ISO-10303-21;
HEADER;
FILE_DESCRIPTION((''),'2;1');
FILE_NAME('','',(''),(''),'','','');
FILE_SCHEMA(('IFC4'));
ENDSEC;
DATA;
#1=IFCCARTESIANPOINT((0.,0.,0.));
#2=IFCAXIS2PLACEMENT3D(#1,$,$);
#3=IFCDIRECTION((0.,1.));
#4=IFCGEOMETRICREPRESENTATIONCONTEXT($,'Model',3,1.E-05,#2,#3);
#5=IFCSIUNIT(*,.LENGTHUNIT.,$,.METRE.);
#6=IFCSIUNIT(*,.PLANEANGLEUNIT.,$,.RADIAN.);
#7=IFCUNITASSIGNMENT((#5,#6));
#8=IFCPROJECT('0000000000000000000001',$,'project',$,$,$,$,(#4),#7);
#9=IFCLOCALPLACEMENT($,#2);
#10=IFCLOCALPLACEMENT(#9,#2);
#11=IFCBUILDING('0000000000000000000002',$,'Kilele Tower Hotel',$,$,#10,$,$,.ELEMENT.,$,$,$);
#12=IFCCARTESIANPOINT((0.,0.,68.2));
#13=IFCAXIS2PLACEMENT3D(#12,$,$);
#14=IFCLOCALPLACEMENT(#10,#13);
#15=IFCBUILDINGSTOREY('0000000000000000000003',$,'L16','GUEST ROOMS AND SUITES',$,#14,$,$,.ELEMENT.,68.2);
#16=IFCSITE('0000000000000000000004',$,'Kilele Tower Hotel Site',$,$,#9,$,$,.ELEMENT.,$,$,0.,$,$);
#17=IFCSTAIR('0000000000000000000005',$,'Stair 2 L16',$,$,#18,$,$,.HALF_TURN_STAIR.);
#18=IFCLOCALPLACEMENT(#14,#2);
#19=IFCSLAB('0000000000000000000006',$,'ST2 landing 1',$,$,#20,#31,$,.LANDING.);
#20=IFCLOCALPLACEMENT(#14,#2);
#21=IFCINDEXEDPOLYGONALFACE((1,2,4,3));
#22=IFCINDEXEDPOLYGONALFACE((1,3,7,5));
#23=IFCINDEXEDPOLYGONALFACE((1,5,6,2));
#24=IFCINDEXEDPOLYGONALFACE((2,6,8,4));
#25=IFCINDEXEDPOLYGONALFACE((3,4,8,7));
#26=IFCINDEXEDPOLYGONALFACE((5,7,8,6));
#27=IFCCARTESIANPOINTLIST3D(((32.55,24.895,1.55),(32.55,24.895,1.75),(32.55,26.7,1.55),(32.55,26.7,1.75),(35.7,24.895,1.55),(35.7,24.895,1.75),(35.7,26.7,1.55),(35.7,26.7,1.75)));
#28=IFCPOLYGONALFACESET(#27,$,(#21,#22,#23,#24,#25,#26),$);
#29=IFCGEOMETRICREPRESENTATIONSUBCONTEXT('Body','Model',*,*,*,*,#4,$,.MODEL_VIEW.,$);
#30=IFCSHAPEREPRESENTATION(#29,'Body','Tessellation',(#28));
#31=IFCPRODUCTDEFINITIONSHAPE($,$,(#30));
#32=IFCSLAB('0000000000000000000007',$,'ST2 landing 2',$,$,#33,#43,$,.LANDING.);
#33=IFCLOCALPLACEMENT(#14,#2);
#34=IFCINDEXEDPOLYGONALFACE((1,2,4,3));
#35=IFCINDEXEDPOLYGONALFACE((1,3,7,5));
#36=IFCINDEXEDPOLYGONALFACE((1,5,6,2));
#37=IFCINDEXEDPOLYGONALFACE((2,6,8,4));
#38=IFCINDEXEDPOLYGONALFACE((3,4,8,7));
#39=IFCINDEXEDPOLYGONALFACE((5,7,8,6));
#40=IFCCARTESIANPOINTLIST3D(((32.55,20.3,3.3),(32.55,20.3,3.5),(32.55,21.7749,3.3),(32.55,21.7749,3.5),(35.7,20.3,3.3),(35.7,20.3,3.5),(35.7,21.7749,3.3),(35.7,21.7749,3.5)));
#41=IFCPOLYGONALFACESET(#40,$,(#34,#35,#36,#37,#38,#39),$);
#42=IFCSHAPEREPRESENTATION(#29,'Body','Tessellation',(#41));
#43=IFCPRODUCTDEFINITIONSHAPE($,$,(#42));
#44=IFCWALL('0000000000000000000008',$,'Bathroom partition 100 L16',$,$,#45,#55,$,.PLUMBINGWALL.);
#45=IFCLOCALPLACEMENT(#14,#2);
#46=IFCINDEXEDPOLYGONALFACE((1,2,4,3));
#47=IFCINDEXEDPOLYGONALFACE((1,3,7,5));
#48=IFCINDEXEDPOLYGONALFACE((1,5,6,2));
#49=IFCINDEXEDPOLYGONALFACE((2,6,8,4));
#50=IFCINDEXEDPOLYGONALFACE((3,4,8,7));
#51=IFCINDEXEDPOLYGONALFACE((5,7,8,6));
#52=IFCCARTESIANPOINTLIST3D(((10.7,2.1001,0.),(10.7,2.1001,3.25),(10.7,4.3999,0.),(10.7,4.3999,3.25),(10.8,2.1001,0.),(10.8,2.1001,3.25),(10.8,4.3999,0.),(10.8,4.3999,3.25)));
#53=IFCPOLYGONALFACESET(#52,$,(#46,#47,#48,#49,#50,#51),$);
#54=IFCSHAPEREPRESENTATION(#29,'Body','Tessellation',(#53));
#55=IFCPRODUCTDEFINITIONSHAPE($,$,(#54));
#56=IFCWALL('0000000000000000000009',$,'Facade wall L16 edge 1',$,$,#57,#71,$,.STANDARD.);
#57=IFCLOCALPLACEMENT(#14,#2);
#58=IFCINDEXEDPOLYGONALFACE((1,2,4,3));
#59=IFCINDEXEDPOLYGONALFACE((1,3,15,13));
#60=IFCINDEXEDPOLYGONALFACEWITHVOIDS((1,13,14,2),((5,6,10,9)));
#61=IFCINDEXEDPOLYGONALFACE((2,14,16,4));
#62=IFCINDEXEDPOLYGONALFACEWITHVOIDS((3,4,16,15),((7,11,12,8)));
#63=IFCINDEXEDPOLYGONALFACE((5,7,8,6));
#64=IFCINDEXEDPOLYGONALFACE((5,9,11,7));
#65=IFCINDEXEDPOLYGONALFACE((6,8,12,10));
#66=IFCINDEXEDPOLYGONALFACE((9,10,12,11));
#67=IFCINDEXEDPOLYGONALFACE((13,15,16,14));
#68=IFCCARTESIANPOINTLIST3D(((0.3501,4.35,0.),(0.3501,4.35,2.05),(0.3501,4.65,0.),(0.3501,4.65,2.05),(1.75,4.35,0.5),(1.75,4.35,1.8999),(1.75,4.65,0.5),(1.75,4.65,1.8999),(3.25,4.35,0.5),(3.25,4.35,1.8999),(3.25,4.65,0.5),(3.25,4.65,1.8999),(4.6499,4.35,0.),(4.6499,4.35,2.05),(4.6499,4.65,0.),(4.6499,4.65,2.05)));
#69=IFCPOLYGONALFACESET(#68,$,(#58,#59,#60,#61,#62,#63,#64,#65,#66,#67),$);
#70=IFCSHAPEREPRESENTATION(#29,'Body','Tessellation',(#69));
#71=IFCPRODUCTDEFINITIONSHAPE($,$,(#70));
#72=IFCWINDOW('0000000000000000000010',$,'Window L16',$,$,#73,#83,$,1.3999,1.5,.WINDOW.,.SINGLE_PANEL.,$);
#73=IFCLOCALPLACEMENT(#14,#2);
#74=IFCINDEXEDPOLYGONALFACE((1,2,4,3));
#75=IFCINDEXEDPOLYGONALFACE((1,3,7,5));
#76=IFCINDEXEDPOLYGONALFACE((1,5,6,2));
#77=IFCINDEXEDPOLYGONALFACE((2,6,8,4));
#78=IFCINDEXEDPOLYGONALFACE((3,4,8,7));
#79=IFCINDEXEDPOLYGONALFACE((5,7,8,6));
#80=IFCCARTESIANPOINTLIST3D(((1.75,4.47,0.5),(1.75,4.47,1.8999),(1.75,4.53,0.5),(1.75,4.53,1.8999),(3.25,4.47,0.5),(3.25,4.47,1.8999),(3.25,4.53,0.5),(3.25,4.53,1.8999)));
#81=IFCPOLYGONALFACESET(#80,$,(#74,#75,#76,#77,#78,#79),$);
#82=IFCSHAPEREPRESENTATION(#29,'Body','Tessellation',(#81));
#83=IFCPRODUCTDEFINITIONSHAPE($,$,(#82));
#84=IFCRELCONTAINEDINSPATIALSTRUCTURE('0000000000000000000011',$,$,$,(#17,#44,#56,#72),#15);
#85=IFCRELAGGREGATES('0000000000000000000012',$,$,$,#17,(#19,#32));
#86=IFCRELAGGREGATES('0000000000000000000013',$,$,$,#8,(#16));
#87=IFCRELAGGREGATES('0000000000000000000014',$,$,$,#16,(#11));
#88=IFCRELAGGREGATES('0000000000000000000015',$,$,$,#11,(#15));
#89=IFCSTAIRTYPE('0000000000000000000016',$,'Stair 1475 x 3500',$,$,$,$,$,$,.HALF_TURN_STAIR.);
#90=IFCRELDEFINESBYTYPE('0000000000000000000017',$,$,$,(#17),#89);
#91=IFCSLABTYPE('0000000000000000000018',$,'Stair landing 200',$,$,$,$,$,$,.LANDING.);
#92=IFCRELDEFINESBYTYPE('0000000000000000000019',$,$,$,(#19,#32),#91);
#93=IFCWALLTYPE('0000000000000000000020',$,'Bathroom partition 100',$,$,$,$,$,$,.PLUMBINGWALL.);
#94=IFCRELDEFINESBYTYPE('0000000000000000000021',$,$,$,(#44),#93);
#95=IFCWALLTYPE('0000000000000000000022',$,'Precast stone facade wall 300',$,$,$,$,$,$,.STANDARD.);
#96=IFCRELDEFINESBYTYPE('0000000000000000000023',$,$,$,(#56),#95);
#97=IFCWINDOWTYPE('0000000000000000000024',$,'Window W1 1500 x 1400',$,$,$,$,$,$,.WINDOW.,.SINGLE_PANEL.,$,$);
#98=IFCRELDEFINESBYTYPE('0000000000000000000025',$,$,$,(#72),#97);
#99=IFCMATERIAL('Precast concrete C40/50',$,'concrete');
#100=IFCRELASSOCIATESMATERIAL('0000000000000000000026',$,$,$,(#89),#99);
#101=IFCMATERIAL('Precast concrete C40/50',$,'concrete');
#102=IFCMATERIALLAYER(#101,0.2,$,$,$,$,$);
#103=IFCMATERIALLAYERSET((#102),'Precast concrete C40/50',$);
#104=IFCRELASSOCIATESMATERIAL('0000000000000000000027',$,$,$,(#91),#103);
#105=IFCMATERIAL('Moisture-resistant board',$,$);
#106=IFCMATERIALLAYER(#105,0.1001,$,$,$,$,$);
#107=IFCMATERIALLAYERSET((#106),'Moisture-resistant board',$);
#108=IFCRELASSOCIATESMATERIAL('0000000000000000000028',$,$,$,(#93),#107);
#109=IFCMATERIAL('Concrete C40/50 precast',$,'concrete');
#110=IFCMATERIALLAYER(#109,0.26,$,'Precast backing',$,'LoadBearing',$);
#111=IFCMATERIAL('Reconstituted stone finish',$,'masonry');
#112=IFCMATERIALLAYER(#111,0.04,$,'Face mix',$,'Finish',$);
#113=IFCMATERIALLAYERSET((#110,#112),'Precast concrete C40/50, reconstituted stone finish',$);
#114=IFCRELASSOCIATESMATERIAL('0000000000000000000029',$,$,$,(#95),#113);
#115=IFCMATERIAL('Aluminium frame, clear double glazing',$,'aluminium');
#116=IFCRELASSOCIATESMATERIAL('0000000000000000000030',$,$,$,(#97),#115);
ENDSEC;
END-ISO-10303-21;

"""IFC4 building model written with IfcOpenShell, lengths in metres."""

from ifc_helpers import new_model, si_unit, direction, frame, frame_2d, origin, place, context, subcontext, project, spatial, polyline, rectangle, outline, extrude, material, layer, layer_set, type_object, element, fill, aggregate, save


model = new_model("IFC4")

# Units and contexts
model_context = context("Model", 3, precision=1e-05, world=origin(), true_north=direction((0.0, 1.0)))
body_context = subcontext(model_context, "Body", "Model", "MODEL_VIEW")
ifc_project = project(units=[si_unit("LENGTHUNIT", "METRE"), si_unit("PLANEANGLEUNIT", "RADIAN")], contexts=[model_context])

# Site, building, storey
site_placement = place(None, origin())
site = spatial("IfcSite", under=ifc_project, at=site_placement, Name="Kilele Tower Hotel Site", CompositionType="ELEMENT", RefElevation=0.0)
building_placement = place(site_placement, origin())
building = spatial("IfcBuilding", under=site, at=building_placement, Name="Kilele Tower Hotel", CompositionType="ELEMENT")
storey_placement = place(building_placement, frame((0.0, 0.0, 68.2)))
storey = spatial("IfcBuildingStorey", under=building, at=storey_placement, Name="L16", Description="GUEST ROOMS AND SUITES", CompositionType="ELEMENT", Elevation=68.2)

# Stair, slabs
ifc_material_1 = material(Name="Precast concrete C40/50", Category="concrete")
stair_type = type_object("IfcStairType", Name="Stair 1475 x 3500", PredefinedType="HALF_TURN_STAIR", material=ifc_material_1)
ifc_material_2 = material(Name="Precast concrete C40/50", Category="concrete")
ifc_layer_1 = layer(ifc_material_2, 0.2)
ifc_layer_set_1 = layer_set([ifc_layer_1], Name="Precast concrete C40/50")
slab_type_1 = type_object("IfcSlabType", Name="Stair landing 200", PredefinedType="LANDING", material=ifc_layer_set_1)
stair_1_placement = place(storey_placement, origin())
stair_1 = element("IfcStair", 1, at=stair_1_placement, inside=storey, type_object=stair_type, Name="Stair 2 L16", PredefinedType="HALF_TURN_STAIR")
slab_1_placement = place(storey_placement, frame((0.0, 0.0, 1.55)))
slab_1 = element("IfcSlab", 2, at=slab_1_placement, type_object=slab_type_1, Name="ST2 landing 1", PredefinedType="LANDING", context=body_context, shape_type="SweptSolid", body=[
    extrude(outline(polyline([(32.55, 24.895), (35.7, 24.895), (35.7, 26.7), (32.55, 26.7), (32.55, 24.895)])), origin(), (0.0, 0.0, 1.0), 0.2),
])
slab_2_placement = place(storey_placement, frame((0.0, 0.0, 3.3)))
slab_2 = element("IfcSlab", 3, at=slab_2_placement, type_object=slab_type_1, Name="ST2 landing 2", PredefinedType="LANDING", context=body_context, shape_type="SweptSolid", body=[
    extrude(outline(polyline([(32.55, 20.3), (35.7, 20.3), (35.7, 21.7749), (32.55, 21.7749), (32.55, 20.3)])), origin(), (0.0, 0.0, 1.0), 0.2),
])
aggregate(stair_1, [slab_1, slab_2])

# Wall
ifc_material_3 = material(Name="Moisture-resistant board")
ifc_layer_2 = layer(ifc_material_3, 0.1001)
ifc_layer_set_2 = layer_set([ifc_layer_2], Name="Moisture-resistant board")
wall_type_1 = type_object("IfcWallType", Name="Bathroom partition 100", PredefinedType="PLUMBINGWALL", material=ifc_layer_set_2)
wall_1_placement = place(storey_placement, frame((10.75, 4.3999, 0.0), z_axis=(0.0, 0.0, 1.0), x_axis=(0.0, -1.0, 0.0)))
element("IfcWall", 4, at=wall_1_placement, inside=storey, type_object=wall_type_1, Name="Bathroom partition 100 L16", PredefinedType="PLUMBINGWALL", context=body_context, shape_type="SweptSolid", body=[
    extrude(rectangle(XDim=2.2998, YDim=0.1001, at=frame_2d((1.1499, 0.0))), origin(), (0.0, 0.0, 1.0), 3.25),
])

# Wall, opening, window
ifc_material_4 = material(Name="Concrete C40/50 precast", Category="concrete")
ifc_layer_3 = layer(ifc_material_4, 0.26, Name="Precast backing", Category="LoadBearing")
ifc_material_5 = material(Name="Reconstituted stone finish", Category="masonry")
ifc_layer_4 = layer(ifc_material_5, 0.04, Name="Face mix", Category="Finish")
ifc_layer_set_3 = layer_set([ifc_layer_3, ifc_layer_4], Name="Precast concrete C40/50, reconstituted stone finish")
wall_type_2 = type_object("IfcWallType", Name="Precast stone facade wall 300", PredefinedType="STANDARD", material=ifc_layer_set_3)
wall_2_placement = place(storey_placement, frame((0.3501, 4.5, 0.0), z_axis=(0.0, 0.0, 1.0), x_axis=(1.0, 0.0, 0.0)))
wall_2 = element("IfcWall", 5, at=wall_2_placement, inside=storey, type_object=wall_type_2, Name="Facade wall L16 edge 1", PredefinedType="STANDARD", context=body_context, shape_type="SweptSolid", body=[
    extrude(rectangle(XDim=4.2998, YDim=0.3, at=frame_2d((2.1499, 0.0))), origin(), (0.0, 0.0, 1.0), 2.05),
])
opening_1_placement = place(wall_2_placement, frame((1.3999, 0.0, 0.5)))
opening_1 = element("IfcOpeningElement", 6, at=opening_1_placement, cuts=wall_2, PredefinedType="OPENING", context=body_context, shape_type="SweptSolid", body=[
    extrude(rectangle(XDim=1.5, YDim=1.3999, at=frame_2d((0.75, 0.7))), frame((0.0, 0.1599, 0.0), z_axis=(0.0, -1.0, 0.0), x_axis=(1.0, 0.0, 0.0)), (0.0, 0.0, 1.0), 0.3201),
])
ifc_material_6 = material(Name="Aluminium frame, clear double glazing", Category="aluminium")
window_type = type_object("IfcWindowType", Name="Window W1 1500 x 1400", PartitioningType="SINGLE_PANEL", PredefinedType="WINDOW", material=ifc_material_6)
window_1_placement = place(opening_1_placement, origin())
window_1 = element("IfcWindow", 7, at=window_1_placement, inside=storey, type_object=window_type, Name="Window L16", OverallHeight=1.3999, OverallWidth=1.5, PartitioningType="SINGLE_PANEL", PredefinedType="WINDOW", context=body_context, shape_type="SweptSolid", body=[
    extrude(rectangle(XDim=1.5, YDim=1.3999, at=frame_2d((0.75, 0.7))), frame((0.0, 0.03, 0.0), z_axis=(0.0, -1.0, 0.0), x_axis=(1.0, 0.0, 0.0)), (0.0, 0.0, 1.0), 0.0601),
])
fill(opening_1, window_1)

save(model, "model.ifc")
